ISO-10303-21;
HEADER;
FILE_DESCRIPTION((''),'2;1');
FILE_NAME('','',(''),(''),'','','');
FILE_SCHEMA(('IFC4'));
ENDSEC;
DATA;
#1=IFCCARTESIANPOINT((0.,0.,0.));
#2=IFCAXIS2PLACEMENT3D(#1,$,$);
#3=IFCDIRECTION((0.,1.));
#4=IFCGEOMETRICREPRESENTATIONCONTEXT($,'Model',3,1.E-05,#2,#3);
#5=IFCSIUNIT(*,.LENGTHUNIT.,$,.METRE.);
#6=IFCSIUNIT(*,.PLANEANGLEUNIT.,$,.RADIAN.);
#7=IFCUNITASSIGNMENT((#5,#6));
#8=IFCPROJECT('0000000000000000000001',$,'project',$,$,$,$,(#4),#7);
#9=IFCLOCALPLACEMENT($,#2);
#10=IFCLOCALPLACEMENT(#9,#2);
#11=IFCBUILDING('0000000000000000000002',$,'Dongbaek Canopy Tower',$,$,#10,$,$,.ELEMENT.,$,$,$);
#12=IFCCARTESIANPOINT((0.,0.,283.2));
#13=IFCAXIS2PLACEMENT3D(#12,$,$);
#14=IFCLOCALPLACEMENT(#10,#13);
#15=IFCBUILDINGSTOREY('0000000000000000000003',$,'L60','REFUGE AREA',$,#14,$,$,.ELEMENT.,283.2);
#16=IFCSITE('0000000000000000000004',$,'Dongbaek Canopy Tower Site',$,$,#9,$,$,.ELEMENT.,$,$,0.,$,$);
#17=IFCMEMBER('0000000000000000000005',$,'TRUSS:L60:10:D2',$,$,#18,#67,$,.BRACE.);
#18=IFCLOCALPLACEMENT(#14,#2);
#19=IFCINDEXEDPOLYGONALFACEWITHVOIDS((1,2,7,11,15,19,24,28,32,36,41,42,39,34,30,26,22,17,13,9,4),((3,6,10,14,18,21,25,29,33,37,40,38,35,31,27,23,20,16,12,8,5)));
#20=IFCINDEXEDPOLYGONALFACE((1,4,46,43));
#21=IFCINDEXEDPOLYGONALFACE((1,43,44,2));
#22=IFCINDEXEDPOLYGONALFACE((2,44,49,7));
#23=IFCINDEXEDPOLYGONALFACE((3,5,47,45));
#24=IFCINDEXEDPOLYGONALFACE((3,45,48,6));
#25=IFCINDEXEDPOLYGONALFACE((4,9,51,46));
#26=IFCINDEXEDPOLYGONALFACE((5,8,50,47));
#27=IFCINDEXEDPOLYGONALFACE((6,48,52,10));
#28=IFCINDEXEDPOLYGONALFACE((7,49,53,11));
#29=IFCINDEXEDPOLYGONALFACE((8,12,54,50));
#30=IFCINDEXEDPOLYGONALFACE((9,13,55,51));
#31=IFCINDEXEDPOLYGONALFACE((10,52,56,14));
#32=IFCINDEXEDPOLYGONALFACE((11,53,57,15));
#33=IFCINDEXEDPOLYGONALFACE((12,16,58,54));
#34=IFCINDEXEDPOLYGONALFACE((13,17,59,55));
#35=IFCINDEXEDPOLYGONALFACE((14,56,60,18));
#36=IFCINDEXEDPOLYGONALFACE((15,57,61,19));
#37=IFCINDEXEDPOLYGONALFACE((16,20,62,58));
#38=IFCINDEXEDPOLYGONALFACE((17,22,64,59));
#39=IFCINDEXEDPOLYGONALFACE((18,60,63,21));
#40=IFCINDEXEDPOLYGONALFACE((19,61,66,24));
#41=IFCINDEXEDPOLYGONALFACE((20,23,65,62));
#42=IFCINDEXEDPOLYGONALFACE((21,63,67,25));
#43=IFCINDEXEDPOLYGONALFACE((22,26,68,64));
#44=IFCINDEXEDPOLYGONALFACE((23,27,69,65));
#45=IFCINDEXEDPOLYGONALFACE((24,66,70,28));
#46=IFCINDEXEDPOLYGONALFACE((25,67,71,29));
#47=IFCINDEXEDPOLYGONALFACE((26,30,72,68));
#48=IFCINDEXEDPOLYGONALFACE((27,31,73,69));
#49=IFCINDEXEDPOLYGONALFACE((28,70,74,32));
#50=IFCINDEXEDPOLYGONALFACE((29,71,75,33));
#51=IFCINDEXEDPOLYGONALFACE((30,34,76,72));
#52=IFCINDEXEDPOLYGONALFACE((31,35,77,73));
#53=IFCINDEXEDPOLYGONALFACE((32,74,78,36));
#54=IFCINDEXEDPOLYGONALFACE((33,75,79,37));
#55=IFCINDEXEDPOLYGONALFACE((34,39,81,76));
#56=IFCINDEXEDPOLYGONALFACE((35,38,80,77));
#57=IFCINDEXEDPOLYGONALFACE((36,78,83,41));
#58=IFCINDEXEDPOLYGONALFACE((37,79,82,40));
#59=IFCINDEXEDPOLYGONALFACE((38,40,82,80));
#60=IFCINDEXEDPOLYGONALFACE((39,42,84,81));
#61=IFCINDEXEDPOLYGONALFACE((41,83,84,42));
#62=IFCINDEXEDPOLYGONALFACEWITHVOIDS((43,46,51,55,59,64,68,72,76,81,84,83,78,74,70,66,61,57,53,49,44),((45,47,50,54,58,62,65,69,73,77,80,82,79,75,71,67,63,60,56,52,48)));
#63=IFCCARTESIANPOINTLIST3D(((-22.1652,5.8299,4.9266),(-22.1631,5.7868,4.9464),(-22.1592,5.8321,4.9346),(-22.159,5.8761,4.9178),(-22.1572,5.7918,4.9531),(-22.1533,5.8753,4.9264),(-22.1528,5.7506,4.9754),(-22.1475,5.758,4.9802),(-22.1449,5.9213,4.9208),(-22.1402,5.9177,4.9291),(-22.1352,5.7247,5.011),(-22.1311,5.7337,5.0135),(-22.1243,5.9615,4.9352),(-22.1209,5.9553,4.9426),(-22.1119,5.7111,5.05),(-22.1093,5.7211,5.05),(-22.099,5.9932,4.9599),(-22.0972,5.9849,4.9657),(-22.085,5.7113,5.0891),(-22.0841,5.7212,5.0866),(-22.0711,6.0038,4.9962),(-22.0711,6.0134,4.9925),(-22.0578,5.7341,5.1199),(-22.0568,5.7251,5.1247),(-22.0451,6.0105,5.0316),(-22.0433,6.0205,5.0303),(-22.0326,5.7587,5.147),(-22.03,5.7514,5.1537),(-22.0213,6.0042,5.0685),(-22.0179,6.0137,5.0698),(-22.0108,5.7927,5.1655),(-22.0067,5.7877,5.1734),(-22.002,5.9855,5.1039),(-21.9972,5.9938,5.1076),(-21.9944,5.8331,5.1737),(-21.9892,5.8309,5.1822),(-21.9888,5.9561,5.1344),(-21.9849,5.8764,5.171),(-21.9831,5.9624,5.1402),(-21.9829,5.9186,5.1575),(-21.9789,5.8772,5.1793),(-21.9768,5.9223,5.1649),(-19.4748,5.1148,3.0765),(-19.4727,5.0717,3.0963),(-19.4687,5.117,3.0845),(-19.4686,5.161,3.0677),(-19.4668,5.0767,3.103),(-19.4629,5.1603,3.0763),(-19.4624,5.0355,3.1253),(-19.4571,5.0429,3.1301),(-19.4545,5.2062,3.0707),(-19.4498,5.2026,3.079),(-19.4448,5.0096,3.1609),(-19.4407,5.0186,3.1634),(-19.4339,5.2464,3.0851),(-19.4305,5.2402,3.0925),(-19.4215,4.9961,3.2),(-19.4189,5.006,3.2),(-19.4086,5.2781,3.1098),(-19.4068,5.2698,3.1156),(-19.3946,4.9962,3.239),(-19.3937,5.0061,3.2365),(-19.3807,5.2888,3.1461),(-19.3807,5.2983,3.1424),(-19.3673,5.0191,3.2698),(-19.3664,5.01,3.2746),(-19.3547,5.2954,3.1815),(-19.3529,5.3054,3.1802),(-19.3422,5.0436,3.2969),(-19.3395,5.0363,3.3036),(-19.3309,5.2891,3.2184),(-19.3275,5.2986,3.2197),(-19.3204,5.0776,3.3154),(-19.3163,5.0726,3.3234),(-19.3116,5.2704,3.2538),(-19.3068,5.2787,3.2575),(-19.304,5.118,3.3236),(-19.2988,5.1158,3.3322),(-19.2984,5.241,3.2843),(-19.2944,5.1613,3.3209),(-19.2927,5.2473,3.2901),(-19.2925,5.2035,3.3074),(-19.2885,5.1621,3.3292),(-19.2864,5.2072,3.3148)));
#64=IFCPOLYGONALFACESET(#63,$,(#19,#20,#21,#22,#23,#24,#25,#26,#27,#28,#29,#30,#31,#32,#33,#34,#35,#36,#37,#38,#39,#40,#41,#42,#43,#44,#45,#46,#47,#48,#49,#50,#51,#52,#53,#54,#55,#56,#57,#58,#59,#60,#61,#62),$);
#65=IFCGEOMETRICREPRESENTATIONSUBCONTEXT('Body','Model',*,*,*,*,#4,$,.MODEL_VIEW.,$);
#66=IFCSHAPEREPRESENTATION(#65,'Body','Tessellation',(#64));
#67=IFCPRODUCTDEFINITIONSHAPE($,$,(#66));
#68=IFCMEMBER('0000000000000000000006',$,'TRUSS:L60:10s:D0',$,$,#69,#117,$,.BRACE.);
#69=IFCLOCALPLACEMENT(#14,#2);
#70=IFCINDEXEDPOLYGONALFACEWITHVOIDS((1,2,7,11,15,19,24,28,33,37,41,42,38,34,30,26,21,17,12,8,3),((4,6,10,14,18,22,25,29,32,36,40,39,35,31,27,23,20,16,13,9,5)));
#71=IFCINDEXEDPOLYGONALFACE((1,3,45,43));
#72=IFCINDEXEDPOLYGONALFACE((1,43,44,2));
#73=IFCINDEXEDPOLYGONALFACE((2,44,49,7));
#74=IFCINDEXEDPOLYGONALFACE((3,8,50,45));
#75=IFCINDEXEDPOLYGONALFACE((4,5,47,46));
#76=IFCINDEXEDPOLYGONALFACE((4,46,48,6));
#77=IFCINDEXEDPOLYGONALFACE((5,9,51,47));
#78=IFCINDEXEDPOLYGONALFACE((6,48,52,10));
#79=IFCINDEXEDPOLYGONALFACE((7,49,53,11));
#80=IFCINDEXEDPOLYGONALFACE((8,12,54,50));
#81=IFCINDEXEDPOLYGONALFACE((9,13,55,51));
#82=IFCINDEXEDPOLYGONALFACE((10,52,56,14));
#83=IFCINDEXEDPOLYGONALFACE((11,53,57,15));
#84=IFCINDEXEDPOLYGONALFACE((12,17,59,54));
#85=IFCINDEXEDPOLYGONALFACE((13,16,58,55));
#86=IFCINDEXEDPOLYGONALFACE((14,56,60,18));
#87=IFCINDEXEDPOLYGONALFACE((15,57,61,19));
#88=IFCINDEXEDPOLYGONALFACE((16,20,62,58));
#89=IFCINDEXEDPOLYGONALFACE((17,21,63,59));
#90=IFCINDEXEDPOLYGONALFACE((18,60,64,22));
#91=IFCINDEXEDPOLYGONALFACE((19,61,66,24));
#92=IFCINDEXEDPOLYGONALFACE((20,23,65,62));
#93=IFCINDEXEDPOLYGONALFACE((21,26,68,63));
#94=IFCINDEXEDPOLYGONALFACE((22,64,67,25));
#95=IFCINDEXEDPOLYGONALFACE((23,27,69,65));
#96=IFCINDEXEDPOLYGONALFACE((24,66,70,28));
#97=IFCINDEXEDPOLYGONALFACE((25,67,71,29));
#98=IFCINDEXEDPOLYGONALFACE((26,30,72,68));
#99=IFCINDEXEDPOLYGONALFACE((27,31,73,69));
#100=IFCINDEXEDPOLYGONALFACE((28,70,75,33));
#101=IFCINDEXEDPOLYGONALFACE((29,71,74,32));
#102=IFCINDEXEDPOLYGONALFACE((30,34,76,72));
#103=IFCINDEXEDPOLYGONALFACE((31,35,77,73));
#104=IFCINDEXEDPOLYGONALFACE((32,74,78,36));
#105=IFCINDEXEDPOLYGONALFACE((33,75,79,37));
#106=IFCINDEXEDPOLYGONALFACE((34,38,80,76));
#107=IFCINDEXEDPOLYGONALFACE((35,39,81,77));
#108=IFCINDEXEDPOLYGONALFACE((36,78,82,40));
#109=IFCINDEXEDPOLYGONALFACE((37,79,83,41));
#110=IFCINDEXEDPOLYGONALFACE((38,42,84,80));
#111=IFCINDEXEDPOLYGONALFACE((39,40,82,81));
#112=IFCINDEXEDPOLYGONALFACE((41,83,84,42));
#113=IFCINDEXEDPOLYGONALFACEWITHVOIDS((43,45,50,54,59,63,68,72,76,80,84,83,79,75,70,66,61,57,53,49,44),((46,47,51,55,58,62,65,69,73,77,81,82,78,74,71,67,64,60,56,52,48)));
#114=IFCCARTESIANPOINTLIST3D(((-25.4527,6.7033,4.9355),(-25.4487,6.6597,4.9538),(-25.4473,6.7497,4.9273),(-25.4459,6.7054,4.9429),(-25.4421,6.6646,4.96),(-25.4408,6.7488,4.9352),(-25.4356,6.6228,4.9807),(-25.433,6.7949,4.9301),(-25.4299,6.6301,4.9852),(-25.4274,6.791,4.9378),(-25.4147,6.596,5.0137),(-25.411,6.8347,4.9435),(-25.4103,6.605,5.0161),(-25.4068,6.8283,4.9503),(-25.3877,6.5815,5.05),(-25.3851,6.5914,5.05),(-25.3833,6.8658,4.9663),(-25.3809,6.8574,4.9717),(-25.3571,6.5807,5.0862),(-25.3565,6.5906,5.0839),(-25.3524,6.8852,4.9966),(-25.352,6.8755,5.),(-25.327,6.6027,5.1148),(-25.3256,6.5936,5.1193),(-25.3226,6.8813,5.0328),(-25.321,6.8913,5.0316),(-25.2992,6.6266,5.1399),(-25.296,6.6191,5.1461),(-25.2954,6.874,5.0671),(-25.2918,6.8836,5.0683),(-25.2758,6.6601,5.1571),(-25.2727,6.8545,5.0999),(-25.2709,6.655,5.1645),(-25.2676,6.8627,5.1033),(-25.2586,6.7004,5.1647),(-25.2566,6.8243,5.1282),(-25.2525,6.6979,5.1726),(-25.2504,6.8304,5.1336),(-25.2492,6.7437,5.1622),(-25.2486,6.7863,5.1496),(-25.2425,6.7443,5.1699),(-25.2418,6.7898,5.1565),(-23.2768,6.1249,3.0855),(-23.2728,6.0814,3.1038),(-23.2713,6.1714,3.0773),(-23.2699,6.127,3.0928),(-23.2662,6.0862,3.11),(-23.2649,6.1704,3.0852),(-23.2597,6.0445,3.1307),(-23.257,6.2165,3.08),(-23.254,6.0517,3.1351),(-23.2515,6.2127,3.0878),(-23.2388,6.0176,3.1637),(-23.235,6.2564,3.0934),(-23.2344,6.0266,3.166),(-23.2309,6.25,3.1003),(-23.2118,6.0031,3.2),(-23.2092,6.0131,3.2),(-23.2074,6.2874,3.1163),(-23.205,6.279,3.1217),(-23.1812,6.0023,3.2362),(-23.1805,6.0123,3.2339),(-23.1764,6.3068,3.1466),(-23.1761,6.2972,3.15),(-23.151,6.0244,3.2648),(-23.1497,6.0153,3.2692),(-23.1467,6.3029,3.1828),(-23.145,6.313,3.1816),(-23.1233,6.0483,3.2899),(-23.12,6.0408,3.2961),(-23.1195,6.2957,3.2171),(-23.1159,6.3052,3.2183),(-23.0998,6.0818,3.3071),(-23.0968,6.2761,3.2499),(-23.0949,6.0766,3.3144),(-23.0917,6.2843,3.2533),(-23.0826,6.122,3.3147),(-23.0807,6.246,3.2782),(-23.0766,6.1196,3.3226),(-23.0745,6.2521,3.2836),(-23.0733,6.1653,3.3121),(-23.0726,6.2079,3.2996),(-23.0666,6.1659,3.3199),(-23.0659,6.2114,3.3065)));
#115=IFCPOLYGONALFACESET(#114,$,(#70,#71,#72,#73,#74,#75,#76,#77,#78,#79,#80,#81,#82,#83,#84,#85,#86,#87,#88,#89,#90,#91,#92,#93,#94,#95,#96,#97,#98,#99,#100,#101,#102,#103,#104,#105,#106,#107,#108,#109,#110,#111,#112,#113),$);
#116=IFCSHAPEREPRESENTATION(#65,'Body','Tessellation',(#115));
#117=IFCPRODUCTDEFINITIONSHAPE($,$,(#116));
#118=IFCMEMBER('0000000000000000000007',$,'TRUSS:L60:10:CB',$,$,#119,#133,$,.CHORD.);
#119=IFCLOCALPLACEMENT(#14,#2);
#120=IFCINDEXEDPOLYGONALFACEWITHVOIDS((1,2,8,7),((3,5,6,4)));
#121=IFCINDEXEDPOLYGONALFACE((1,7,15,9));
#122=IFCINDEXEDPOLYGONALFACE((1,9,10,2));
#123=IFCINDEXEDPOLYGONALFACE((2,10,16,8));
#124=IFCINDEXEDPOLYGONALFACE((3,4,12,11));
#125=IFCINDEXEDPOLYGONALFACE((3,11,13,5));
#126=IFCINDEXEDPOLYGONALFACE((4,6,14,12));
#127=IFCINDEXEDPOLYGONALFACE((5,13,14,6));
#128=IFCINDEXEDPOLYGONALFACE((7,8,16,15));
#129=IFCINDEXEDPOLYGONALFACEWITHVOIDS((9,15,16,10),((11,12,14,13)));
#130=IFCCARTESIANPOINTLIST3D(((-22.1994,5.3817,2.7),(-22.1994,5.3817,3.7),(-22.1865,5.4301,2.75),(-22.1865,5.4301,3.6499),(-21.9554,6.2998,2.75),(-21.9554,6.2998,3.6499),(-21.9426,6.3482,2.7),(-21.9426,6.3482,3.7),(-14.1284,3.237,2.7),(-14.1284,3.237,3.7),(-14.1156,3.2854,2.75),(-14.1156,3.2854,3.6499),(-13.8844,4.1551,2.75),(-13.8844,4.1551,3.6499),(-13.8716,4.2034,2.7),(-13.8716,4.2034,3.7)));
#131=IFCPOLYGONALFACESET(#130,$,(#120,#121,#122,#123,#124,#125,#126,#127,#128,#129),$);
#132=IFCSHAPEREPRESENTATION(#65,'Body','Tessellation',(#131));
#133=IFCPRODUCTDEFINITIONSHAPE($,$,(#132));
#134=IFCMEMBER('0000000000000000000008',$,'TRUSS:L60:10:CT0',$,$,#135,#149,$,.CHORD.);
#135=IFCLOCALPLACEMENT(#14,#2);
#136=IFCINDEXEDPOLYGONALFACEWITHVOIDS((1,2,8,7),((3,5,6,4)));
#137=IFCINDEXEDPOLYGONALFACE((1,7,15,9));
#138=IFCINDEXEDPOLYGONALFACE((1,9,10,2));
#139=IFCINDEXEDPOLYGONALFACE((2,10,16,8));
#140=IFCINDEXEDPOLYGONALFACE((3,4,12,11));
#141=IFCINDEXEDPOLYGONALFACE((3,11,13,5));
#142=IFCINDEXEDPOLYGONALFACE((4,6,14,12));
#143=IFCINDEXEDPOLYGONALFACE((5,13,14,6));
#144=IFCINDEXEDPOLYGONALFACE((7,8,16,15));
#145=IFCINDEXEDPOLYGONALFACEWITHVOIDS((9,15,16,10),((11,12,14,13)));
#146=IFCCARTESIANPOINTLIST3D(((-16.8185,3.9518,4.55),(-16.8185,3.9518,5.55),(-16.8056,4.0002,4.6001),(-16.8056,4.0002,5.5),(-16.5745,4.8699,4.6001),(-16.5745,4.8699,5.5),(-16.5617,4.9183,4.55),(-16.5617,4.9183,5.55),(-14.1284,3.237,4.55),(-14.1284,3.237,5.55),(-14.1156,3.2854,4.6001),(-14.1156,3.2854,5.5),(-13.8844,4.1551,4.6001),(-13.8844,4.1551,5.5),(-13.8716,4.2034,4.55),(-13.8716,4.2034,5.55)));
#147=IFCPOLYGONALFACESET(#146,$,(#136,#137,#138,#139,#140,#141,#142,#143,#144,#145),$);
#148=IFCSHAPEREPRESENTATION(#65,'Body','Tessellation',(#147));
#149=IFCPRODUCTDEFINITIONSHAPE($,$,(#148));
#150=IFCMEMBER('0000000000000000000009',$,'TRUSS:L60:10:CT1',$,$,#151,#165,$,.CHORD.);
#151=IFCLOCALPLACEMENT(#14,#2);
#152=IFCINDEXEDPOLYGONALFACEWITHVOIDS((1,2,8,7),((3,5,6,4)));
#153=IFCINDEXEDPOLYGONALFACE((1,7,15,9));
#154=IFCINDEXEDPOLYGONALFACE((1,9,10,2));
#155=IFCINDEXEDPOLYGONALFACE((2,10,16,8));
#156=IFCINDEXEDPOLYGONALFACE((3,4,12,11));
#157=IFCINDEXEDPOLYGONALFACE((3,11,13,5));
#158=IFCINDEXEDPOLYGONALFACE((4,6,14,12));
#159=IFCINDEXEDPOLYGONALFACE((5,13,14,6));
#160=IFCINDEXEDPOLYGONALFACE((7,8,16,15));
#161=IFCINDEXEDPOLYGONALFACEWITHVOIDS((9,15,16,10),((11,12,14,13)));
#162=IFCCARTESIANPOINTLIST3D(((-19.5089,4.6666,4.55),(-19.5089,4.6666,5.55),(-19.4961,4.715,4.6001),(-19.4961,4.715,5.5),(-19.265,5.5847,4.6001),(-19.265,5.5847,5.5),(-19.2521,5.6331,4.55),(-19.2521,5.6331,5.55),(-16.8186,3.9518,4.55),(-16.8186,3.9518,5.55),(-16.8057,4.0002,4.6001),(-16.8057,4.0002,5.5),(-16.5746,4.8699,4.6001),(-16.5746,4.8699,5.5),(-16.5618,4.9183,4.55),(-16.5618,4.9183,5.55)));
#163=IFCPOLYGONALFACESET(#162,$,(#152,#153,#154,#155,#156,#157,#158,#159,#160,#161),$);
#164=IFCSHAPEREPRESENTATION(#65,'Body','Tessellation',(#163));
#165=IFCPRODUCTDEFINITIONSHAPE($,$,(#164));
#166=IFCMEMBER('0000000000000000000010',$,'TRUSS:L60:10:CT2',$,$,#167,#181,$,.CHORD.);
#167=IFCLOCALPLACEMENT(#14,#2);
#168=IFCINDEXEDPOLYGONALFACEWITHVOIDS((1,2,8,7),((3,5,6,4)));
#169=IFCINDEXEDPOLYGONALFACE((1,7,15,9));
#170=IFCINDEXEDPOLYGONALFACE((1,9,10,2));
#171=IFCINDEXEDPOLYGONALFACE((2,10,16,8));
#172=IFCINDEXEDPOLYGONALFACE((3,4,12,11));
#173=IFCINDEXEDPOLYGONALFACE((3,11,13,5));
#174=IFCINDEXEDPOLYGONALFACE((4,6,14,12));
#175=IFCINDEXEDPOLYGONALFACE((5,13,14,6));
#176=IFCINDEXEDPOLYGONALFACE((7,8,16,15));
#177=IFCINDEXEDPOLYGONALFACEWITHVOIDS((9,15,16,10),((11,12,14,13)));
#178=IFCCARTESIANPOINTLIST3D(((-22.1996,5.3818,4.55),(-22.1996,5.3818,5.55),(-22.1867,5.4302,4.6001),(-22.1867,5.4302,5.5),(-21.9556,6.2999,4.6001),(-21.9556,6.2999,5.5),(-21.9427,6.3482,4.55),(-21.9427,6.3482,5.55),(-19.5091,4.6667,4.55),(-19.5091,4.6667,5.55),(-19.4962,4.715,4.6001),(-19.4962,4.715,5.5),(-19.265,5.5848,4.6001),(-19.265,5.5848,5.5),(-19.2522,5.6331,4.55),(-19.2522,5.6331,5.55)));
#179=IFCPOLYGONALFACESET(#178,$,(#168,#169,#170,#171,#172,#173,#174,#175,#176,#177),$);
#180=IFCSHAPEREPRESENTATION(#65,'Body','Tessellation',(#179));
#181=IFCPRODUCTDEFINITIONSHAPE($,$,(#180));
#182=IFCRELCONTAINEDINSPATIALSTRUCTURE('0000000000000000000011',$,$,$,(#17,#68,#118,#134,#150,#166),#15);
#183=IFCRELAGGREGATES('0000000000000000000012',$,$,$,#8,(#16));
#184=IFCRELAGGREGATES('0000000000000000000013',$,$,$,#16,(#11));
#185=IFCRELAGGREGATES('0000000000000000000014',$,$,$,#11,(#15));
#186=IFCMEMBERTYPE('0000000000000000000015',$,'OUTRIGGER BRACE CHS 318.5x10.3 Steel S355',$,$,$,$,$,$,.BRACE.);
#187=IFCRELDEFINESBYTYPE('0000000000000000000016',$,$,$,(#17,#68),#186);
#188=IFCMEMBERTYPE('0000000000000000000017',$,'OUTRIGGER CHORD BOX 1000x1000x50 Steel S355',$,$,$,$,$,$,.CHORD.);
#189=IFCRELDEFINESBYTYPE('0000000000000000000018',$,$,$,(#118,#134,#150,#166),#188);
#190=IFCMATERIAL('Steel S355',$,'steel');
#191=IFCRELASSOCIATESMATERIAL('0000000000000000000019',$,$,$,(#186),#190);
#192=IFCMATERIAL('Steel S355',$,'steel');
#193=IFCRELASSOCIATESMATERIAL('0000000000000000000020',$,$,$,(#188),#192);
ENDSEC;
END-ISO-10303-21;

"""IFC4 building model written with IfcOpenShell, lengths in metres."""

from ifc_helpers import new_model, si_unit, direction, frame, origin, origin_2d, place, context, subcontext, project, spatial, hollow_rectangle, hollow_circle, extrude, material, material_profile, profile_set, type_object, element, save


model = new_model("IFC4")

# Units and contexts
model_context = context("Model", 3, precision=1e-05, world=origin(), true_north=direction((0.0, 1.0)))
body_context = subcontext(model_context, "Body", "Model", "MODEL_VIEW")
ifc_project = project(units=[si_unit("LENGTHUNIT", "METRE"), si_unit("PLANEANGLEUNIT", "RADIAN")], contexts=[model_context])

# Site, building, storey
site_placement = place(None, origin())
site = spatial("IfcSite", under=ifc_project, at=site_placement, Name="Dongbaek Canopy Tower Site", CompositionType="ELEMENT", RefElevation=0.0)
building_placement = place(site_placement, origin())
building = spatial("IfcBuilding", under=site, at=building_placement, Name="Dongbaek Canopy Tower", CompositionType="ELEMENT")
storey_placement = place(building_placement, frame((0.0, 0.0, 283.2)))
storey = spatial("IfcBuildingStorey", under=building, at=storey_placement, Name="L60", Description="REFUGE AREA", CompositionType="ELEMENT", Elevation=283.2)

# Members
ifc_material_1 = material(Name="Steel S355", Category="steel")
ifc_material_profile_1 = material_profile(ifc_material_1, hollow_circle(Radius=0.1592, WallThickness=0.0103, at=origin_2d()), Name="OUTRIGGER BRACE CHS 318.5x10.3 Steel S355")
ifc_profile_set_1 = profile_set([ifc_material_profile_1], Name="Steel S355")
member_type_1 = type_object("IfcMemberType", Name="OUTRIGGER BRACE CHS 318.5x10.3 Steel S355", PredefinedType="BRACE", material=ifc_profile_set_1)
for number, where, z_axis, x_axis, name in (
    (1, (-19.3806, 5.1499, 3.2), (-0.804904, 0.213935, 0.553499), (-0.256871, -0.966446, 0.0), "TRUSS:L60:10:D2"),
):
    element("IfcMember", number, at=place(storey_placement, frame(where, z_axis=z_axis, x_axis=x_axis)), inside=storey, type_object=member_type_1, Name=name, PredefinedType="BRACE", context=body_context, shape_type="SweptSolid", body=[
        extrude(hollow_circle(Radius=0.1592, WallThickness=0.0103, at=origin_2d()), origin(), (0.0, 0.0, 1.0), 3.3425),
    ])
member_1_placement = place(storey_placement, frame((-23.1709, 6.157, 3.2), z_axis=(-0.746702, 0.198467, 0.63486), x_axis=(-0.256873, -0.966445, 0.0)))
element("IfcMember", 2, at=member_1_placement, inside=storey, type_object=member_type_1, Name="TRUSS:L60:10s:D0", PredefinedType="BRACE", context=body_context, shape_type="SweptSolid", body=[
    extrude(hollow_circle(Radius=0.1592, WallThickness=0.0103, at=origin_2d()), origin(), (0.0, 0.0, 1.0), 2.9141),
])
ifc_material_2 = material(Name="Steel S355", Category="steel")
ifc_material_profile_2 = material_profile(ifc_material_2, hollow_rectangle(XDim=1.0, YDim=1.0, WallThickness=0.05, at=origin_2d()), Name="OUTRIGGER CHORD BOX 1000x1000x50 Steel S355")
ifc_profile_set_2 = profile_set([ifc_material_profile_2], Name="Steel S355")
member_type_2 = type_object("IfcMemberType", Name="OUTRIGGER CHORD BOX 1000x1000x50 Steel S355", PredefinedType="CHORD", material=ifc_profile_set_2)
member_2_placement = place(storey_placement, frame((-14.0, 3.7202, 3.2), z_axis=(-0.966458, 0.256824, 0.0), x_axis=(-0.256824, -0.966458, 0.0)))
element("IfcMember", 3, at=member_2_placement, inside=storey, type_object=member_type_2, Name="TRUSS:L60:10:CB", PredefinedType="CHORD", context=body_context, shape_type="SweptSolid", body=[
    extrude(hollow_rectangle(XDim=1.0, YDim=1.0, WallThickness=0.05, at=origin_2d()), origin(), (0.0, 0.0, 1.0), 8.3511),
])
member_3_placement = place(storey_placement, frame((-14.0, 3.7202, 5.05), z_axis=(-0.966462, 0.256811, 0.0), x_axis=(-0.256811, -0.966462, 0.0)))
element("IfcMember", 4, at=member_3_placement, inside=storey, type_object=member_type_2, Name="TRUSS:L60:10:CT0", PredefinedType="CHORD", context=body_context, shape_type="SweptSolid", body=[
    extrude(hollow_rectangle(XDim=1.0, YDim=1.0, WallThickness=0.05, at=origin_2d()), origin(), (0.0, 0.0, 1.0), 2.7834),
])
member_4_placement = place(storey_placement, frame((-16.6902, 4.4351, 5.05), z_axis=(-0.966467, 0.256789, 0.0), x_axis=(-0.256789, -0.966467, 0.0)))
element("IfcMember", 5, at=member_4_placement, inside=storey, type_object=member_type_2, Name="TRUSS:L60:10:CT1", PredefinedType="CHORD", context=body_context, shape_type="SweptSolid", body=[
    extrude(hollow_rectangle(XDim=1.0, YDim=1.0, WallThickness=0.05, at=origin_2d()), origin(), (0.0, 0.0, 1.0), 2.7837),
])
member_5_placement = place(storey_placement, frame((-19.3806, 5.1499, 5.05), z_axis=(-0.966446, 0.256871, 0.0), x_axis=(-0.256871, -0.966446, 0.0)))
element("IfcMember", 6, at=member_5_placement, inside=storey, type_object=member_type_2, Name="TRUSS:L60:10:CT2", PredefinedType="CHORD", context=body_context, shape_type="SweptSolid", body=[
    extrude(hollow_rectangle(XDim=1.0, YDim=1.0, WallThickness=0.05, at=origin_2d()), origin(), (0.0, 0.0, 1.0), 2.7839),
])

save(model, "model.ifc")
